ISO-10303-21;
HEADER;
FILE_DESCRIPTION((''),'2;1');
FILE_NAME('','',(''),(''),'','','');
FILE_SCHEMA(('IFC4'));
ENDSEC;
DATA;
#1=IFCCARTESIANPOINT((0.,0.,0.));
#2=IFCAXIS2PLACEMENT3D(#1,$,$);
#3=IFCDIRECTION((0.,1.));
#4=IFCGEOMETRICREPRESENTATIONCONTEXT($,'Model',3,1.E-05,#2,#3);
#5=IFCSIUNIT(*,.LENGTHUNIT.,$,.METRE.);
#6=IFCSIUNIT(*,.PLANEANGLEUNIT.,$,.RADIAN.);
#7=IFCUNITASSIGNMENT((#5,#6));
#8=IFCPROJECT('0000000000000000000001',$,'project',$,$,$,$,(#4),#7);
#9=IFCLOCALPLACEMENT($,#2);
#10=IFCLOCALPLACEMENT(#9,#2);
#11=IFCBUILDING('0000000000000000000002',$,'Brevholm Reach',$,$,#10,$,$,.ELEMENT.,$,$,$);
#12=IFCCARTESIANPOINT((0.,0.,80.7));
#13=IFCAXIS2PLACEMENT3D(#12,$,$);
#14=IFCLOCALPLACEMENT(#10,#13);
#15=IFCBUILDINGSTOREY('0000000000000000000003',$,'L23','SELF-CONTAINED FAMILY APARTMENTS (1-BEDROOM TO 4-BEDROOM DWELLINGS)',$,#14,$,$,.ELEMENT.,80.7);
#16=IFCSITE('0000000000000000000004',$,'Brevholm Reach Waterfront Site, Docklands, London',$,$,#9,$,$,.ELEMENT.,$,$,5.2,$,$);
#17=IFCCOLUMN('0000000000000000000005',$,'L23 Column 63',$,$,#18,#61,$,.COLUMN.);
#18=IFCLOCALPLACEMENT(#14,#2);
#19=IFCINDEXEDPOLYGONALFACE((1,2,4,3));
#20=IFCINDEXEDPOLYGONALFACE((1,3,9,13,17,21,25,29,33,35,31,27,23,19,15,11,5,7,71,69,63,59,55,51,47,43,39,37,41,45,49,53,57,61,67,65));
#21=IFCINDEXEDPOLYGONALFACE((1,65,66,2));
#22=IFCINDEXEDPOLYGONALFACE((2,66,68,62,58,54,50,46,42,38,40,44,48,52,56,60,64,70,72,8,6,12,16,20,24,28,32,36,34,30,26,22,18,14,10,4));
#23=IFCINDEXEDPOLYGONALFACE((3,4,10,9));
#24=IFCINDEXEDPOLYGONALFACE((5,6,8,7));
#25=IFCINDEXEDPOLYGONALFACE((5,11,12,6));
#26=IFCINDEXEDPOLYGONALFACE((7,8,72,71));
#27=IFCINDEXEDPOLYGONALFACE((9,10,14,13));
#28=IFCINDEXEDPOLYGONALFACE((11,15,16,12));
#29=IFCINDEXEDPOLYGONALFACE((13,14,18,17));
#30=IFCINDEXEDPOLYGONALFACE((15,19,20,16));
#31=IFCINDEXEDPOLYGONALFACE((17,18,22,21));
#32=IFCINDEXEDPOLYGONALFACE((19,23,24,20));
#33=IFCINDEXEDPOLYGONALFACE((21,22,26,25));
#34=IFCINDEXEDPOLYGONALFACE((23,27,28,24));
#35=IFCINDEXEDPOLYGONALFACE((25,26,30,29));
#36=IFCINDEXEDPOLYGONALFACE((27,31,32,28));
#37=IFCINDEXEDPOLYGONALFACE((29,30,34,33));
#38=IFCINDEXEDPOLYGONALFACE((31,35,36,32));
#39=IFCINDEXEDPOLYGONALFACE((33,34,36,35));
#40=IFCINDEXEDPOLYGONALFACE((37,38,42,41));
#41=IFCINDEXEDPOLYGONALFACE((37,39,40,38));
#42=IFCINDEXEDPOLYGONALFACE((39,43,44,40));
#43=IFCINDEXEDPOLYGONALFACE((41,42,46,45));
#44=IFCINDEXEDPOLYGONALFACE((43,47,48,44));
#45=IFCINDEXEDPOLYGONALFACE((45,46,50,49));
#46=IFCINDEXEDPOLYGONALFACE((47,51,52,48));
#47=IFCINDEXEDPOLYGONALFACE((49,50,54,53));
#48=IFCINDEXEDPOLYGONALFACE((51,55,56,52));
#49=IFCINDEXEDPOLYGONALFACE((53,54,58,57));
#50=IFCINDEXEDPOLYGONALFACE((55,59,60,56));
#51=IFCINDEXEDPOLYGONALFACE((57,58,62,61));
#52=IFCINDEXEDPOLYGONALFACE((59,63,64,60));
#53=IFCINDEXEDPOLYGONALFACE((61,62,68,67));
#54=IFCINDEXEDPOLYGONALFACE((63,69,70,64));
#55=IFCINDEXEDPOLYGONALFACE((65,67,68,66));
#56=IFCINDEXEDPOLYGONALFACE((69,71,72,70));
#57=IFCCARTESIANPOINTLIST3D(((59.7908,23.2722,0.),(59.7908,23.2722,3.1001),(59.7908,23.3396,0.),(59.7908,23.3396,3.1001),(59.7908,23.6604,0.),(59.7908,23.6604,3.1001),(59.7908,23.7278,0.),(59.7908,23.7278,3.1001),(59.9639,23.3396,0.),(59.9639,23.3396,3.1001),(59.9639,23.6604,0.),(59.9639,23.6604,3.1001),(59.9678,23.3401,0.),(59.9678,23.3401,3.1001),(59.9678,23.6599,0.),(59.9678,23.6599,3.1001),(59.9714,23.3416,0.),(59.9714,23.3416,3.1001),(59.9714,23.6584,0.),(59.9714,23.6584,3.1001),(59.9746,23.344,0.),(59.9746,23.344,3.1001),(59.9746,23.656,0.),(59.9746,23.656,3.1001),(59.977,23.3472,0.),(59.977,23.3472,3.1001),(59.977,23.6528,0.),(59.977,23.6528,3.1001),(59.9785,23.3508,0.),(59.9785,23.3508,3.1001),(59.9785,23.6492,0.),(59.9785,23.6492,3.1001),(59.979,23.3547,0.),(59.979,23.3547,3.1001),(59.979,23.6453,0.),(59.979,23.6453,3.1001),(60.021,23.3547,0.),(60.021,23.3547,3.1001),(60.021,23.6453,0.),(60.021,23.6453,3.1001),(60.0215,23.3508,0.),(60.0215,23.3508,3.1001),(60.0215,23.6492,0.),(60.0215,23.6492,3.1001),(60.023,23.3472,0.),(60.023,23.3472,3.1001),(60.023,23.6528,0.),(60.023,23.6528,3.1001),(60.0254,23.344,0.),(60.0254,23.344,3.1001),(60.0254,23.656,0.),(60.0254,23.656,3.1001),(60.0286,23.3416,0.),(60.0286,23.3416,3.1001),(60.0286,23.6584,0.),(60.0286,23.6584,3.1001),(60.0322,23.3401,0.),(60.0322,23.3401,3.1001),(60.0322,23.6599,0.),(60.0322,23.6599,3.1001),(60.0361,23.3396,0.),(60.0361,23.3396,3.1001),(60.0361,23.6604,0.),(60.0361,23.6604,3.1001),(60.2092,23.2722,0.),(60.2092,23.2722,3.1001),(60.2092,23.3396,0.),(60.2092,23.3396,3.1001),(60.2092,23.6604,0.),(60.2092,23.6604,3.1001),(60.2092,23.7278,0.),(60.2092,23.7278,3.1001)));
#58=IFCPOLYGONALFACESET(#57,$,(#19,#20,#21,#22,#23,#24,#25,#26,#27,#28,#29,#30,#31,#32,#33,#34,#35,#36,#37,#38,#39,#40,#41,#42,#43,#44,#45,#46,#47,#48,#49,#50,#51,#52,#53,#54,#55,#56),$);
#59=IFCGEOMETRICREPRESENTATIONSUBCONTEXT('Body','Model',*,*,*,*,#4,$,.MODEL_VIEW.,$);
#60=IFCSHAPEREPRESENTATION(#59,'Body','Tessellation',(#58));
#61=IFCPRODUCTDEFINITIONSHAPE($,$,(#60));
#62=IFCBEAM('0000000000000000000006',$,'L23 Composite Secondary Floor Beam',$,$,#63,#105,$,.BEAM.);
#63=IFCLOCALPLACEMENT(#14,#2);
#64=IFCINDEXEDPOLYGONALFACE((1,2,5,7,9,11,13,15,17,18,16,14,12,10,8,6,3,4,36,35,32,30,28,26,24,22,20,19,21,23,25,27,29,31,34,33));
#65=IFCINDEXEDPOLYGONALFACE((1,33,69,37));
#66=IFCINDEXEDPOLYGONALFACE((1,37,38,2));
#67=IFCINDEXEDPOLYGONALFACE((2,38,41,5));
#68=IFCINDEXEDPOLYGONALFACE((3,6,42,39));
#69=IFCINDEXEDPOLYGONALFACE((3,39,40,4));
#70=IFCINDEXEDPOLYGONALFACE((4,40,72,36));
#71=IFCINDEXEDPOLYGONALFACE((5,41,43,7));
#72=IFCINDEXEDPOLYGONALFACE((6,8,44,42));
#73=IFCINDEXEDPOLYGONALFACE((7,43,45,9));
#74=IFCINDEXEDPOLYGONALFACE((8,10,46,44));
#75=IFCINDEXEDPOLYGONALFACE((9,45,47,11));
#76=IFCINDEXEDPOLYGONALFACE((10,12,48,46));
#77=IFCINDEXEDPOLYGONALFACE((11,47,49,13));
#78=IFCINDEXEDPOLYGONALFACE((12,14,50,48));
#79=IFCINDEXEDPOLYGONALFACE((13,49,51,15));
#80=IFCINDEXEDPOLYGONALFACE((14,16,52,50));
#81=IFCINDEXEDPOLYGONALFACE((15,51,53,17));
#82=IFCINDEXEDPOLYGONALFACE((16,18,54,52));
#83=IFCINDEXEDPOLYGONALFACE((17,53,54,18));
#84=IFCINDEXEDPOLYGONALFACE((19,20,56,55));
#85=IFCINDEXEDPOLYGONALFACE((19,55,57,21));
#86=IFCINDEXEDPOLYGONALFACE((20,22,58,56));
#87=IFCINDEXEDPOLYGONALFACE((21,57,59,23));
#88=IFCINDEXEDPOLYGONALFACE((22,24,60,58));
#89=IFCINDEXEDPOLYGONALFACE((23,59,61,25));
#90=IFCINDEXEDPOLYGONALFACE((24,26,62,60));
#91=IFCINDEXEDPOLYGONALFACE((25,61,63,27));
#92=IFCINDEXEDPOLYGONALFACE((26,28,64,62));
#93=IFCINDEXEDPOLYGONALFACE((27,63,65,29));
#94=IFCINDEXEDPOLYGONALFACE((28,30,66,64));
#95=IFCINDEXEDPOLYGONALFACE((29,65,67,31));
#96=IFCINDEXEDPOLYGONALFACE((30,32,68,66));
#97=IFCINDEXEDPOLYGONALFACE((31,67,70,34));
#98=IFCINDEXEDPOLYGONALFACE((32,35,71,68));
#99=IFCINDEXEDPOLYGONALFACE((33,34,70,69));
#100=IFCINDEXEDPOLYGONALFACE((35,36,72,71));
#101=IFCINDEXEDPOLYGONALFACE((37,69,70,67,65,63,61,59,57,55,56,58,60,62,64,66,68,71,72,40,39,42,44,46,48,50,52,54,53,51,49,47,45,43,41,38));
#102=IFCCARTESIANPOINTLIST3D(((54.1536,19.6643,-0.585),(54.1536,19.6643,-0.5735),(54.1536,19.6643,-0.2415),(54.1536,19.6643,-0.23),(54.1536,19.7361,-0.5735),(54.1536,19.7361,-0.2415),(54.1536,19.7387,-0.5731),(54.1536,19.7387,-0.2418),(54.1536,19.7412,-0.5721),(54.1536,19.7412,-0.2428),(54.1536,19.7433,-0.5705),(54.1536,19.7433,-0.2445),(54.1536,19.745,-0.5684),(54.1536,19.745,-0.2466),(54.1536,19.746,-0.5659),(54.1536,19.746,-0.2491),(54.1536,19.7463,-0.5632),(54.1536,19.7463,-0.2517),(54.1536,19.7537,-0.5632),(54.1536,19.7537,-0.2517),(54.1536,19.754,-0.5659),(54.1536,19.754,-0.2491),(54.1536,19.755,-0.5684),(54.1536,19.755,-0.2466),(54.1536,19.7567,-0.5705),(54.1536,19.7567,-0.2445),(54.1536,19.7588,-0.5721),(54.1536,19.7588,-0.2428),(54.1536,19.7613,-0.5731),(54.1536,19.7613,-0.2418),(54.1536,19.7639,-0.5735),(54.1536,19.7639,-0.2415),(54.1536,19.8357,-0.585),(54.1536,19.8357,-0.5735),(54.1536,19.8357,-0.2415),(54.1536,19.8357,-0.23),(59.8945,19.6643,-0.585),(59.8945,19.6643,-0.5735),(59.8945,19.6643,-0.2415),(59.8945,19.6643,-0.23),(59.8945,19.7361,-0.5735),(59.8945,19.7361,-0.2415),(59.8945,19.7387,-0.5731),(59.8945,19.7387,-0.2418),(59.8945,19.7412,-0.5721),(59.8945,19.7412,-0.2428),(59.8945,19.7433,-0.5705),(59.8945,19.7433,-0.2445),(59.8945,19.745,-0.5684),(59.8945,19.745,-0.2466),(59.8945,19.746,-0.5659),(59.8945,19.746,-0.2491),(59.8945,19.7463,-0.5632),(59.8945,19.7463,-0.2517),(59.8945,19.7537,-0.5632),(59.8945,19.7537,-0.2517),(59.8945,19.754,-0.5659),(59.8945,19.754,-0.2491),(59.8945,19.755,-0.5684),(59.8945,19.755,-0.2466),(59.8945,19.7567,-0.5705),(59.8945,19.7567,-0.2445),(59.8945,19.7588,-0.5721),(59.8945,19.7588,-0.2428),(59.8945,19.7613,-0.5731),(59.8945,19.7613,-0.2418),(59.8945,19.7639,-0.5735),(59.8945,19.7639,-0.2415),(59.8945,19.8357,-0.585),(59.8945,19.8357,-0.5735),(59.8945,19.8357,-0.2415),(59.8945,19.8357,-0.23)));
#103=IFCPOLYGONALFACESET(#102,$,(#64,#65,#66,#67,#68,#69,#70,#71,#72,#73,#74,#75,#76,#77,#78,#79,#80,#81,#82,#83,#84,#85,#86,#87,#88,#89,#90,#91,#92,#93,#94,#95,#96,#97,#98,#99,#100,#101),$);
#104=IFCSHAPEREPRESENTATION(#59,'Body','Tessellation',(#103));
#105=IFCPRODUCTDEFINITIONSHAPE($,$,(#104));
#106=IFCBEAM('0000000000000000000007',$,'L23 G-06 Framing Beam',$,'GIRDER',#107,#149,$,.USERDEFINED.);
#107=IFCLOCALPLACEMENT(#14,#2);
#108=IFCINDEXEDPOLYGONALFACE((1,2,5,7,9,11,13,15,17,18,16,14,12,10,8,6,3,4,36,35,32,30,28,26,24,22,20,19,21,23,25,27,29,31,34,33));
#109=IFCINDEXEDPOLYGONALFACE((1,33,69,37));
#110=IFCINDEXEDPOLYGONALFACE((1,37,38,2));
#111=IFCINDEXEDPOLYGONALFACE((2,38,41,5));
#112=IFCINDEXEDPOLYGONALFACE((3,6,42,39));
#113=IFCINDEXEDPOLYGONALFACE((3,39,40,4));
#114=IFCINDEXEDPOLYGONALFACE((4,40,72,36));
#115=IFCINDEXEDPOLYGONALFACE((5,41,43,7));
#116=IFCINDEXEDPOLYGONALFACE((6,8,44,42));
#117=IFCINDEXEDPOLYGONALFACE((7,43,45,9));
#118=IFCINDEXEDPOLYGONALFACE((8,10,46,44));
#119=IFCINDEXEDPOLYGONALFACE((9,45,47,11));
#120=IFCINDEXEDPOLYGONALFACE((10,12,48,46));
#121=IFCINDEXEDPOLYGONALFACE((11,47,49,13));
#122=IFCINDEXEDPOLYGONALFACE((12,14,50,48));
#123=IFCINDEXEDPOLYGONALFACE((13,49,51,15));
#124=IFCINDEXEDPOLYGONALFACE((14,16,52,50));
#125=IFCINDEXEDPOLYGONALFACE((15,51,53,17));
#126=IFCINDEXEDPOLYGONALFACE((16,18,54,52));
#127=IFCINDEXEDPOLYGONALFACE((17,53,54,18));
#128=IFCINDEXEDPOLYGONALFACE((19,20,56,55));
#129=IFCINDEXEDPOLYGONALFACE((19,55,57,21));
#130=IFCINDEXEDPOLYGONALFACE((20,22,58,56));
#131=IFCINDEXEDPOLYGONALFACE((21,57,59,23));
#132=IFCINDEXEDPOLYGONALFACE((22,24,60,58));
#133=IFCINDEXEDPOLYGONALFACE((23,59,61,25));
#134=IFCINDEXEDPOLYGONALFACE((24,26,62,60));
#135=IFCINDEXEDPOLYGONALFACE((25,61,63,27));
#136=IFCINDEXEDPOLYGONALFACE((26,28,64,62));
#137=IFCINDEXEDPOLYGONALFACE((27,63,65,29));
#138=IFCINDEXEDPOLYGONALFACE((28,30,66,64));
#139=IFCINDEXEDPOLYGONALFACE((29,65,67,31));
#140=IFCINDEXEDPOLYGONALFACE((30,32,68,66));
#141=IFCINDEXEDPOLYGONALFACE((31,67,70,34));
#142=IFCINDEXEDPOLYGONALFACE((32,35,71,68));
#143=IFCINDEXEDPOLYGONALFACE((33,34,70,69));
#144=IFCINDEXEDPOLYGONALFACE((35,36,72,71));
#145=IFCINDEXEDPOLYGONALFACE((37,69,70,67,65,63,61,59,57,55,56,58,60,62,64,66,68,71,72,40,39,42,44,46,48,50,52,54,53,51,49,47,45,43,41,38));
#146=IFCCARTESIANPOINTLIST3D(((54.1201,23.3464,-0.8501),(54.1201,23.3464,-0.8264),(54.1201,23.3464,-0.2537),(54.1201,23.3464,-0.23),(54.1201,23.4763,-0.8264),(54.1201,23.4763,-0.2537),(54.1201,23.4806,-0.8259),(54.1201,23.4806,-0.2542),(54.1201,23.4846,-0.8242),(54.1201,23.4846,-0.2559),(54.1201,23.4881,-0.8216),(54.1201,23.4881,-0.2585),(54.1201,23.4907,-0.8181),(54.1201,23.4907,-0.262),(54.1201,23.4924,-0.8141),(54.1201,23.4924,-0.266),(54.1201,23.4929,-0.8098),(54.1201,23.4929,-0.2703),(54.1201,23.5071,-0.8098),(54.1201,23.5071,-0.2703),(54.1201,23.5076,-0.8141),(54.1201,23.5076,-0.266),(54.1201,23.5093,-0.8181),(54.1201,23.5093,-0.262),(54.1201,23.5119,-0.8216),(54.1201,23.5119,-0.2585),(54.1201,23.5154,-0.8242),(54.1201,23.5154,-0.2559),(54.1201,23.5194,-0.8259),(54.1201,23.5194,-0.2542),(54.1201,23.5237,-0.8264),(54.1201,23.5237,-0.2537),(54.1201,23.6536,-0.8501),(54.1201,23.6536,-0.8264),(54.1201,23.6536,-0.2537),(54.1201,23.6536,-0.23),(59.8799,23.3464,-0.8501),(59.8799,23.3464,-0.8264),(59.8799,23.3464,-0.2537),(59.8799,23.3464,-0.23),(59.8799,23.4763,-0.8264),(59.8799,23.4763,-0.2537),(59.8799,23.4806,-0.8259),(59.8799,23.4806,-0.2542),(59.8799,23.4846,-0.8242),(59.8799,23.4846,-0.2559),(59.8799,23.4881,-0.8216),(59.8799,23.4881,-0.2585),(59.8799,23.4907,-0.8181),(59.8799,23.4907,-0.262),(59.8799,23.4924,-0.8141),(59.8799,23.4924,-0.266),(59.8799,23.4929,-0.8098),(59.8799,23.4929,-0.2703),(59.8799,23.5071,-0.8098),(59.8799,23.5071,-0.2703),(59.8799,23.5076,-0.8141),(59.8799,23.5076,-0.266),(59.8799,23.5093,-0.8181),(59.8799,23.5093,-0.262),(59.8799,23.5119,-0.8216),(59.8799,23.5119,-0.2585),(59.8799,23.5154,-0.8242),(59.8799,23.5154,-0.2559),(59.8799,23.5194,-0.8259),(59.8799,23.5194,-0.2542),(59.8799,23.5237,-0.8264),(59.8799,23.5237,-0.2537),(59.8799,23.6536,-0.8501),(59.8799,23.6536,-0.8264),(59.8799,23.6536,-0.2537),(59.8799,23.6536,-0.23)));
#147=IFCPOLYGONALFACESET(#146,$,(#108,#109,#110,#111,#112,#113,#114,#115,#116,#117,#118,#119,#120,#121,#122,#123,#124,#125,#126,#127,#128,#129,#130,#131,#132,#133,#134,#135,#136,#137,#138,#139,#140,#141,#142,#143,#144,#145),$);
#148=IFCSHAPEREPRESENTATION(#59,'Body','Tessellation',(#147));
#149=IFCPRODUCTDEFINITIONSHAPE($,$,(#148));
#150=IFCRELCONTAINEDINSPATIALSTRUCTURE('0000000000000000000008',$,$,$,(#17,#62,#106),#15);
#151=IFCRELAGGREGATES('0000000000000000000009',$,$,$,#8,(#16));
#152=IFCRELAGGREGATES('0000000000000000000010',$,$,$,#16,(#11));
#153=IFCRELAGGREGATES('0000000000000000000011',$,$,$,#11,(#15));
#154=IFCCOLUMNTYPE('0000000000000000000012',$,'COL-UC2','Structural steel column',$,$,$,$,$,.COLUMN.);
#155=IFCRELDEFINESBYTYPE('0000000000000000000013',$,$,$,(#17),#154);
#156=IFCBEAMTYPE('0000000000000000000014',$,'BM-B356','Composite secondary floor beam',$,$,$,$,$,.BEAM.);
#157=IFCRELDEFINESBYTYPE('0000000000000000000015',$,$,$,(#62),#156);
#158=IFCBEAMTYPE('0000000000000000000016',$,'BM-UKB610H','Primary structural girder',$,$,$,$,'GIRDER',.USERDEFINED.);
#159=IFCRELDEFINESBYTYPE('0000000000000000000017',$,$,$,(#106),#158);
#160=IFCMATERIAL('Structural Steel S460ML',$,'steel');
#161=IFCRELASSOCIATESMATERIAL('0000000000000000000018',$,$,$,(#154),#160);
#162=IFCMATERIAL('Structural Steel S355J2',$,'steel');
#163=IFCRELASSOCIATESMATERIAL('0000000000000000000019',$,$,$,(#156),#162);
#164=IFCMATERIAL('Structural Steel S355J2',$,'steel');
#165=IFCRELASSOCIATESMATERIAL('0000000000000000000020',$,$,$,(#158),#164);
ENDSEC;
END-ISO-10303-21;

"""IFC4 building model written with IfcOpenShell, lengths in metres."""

from ifc_helpers import new_model, si_unit, direction, frame, origin, origin_2d, place, context, subcontext, project, spatial, i_section, extrude, material, material_profile, profile_set, type_object, element, save


model = new_model("IFC4")

# Units and contexts
model_context = context("Model", 3, precision=1e-05, world=origin(), true_north=direction((0.0, 1.0)))
body_context = subcontext(model_context, "Body", "Model", "MODEL_VIEW")
ifc_project = project(units=[si_unit("LENGTHUNIT", "METRE"), si_unit("PLANEANGLEUNIT", "RADIAN")], contexts=[model_context])

# Site, building, storey
site_placement = place(None, origin())
site = spatial("IfcSite", under=ifc_project, at=site_placement, Name="Brevholm Reach Waterfront Site, Docklands, London", CompositionType="ELEMENT", RefElevation=5.2)
building_placement = place(site_placement, origin())
building = spatial("IfcBuilding", under=site, at=building_placement, Name="Brevholm Reach", CompositionType="ELEMENT")
storey_placement = place(building_placement, frame((0.0, 0.0, 80.7)))
storey = spatial("IfcBuildingStorey", under=building, at=storey_placement, Name="L23", Description="SELF-CONTAINED FAMILY APARTMENTS (1-BEDROOM TO 4-BEDROOM DWELLINGS)", CompositionType="ELEMENT", Elevation=80.7)

# Column
ifc_material_1 = material(Name="Structural Steel S460ML", Category="steel")
ifc_material_profile_1 = material_profile(ifc_material_1, i_section(OverallWidth=0.4185, OverallDepth=0.4556, WebThickness=0.042, FlangeThickness=0.0674, FilletRadius=0.0151, at=origin_2d()), Name="UKC 356x406x551")
ifc_profile_set_1 = profile_set([ifc_material_profile_1], Name="Structural Steel S460ML")
column_type = type_object("IfcColumnType", Name="COL-UC2", Description="Structural steel column", PredefinedType="COLUMN", material=ifc_profile_set_1)
column_placement = place(storey_placement, frame((60.0, 23.5, 0.0), z_axis=(0.0, 0.0, 1.0), x_axis=(1.0, 0.0, 0.0)))
element("IfcColumn", 1, at=column_placement, inside=storey, type_object=column_type, Name="L23 Column 63", PredefinedType="COLUMN", context=body_context, shape_type="SweptSolid", body=[
    extrude(i_section(OverallWidth=0.4185, OverallDepth=0.4556, WebThickness=0.042, FlangeThickness=0.0674, FilletRadius=0.0151, at=origin_2d()), origin(), (0.0, 0.0, 1.0), 3.1001),
])

# Beams
ifc_material_2 = material(Name="Structural Steel S355J2", Category="steel")
ifc_material_profile_2 = material_profile(ifc_material_2, i_section(OverallWidth=0.1714, OverallDepth=0.355, WebThickness=0.0073, FlangeThickness=0.0115, FilletRadius=0.0103, at=origin_2d()), Name="UKB 356x171x51")
ifc_profile_set_2 = profile_set([ifc_material_profile_2], Name="Structural Steel S355J2")
beam_type_1 = type_object("IfcBeamType", Name="BM-B356", Description="Composite secondary floor beam", PredefinedType="BEAM", material=ifc_profile_set_2)
beam_1_placement = place(storey_placement, frame((54.1536, 19.75, -0.4075), z_axis=(1.0, 0.0, 0.0), x_axis=(0.0, 1.0, 0.0)))
element("IfcBeam", 2, at=beam_1_placement, inside=storey, type_object=beam_type_1, Name="L23 Composite Secondary Floor Beam", PredefinedType="BEAM", context=body_context, shape_type="SweptSolid", body=[
    extrude(i_section(OverallWidth=0.1714, OverallDepth=0.355, WebThickness=0.0073, FlangeThickness=0.0115, FilletRadius=0.0103, at=origin_2d()), origin(), (0.0, 0.0, 1.0), 5.741),
])
ifc_material_3 = material(Name="Structural Steel S355J2", Category="steel")
ifc_material_profile_3 = material_profile(ifc_material_3, i_section(OverallWidth=0.3071, OverallDepth=0.6201, WebThickness=0.0142, FlangeThickness=0.0237, FilletRadius=0.0166, at=origin_2d()), Name="UKB 610x305x179")
ifc_profile_set_3 = profile_set([ifc_material_profile_3], Name="Structural Steel S355J2")
beam_type_2 = type_object("IfcBeamType", Name="BM-UKB610H", Description="Primary structural girder", ElementType="GIRDER", PredefinedType="USERDEFINED", material=ifc_profile_set_3)
beam_2_placement = place(storey_placement, frame((54.1201, 23.5, -0.54), z_axis=(1.0, 0.0, 0.0), x_axis=(0.0, 1.0, 0.0)))
element("IfcBeam", 3, at=beam_2_placement, inside=storey, type_object=beam_type_2, Name="L23 G-06 Framing Beam", ObjectType="GIRDER", PredefinedType="USERDEFINED", context=body_context, shape_type="SweptSolid", body=[
    extrude(i_section(OverallWidth=0.3071, OverallDepth=0.6201, WebThickness=0.0142, FlangeThickness=0.0237, FilletRadius=0.0166, at=origin_2d()), origin(), (0.0, 0.0, 1.0), 5.7598),
])

save(model, "model.ifc")
